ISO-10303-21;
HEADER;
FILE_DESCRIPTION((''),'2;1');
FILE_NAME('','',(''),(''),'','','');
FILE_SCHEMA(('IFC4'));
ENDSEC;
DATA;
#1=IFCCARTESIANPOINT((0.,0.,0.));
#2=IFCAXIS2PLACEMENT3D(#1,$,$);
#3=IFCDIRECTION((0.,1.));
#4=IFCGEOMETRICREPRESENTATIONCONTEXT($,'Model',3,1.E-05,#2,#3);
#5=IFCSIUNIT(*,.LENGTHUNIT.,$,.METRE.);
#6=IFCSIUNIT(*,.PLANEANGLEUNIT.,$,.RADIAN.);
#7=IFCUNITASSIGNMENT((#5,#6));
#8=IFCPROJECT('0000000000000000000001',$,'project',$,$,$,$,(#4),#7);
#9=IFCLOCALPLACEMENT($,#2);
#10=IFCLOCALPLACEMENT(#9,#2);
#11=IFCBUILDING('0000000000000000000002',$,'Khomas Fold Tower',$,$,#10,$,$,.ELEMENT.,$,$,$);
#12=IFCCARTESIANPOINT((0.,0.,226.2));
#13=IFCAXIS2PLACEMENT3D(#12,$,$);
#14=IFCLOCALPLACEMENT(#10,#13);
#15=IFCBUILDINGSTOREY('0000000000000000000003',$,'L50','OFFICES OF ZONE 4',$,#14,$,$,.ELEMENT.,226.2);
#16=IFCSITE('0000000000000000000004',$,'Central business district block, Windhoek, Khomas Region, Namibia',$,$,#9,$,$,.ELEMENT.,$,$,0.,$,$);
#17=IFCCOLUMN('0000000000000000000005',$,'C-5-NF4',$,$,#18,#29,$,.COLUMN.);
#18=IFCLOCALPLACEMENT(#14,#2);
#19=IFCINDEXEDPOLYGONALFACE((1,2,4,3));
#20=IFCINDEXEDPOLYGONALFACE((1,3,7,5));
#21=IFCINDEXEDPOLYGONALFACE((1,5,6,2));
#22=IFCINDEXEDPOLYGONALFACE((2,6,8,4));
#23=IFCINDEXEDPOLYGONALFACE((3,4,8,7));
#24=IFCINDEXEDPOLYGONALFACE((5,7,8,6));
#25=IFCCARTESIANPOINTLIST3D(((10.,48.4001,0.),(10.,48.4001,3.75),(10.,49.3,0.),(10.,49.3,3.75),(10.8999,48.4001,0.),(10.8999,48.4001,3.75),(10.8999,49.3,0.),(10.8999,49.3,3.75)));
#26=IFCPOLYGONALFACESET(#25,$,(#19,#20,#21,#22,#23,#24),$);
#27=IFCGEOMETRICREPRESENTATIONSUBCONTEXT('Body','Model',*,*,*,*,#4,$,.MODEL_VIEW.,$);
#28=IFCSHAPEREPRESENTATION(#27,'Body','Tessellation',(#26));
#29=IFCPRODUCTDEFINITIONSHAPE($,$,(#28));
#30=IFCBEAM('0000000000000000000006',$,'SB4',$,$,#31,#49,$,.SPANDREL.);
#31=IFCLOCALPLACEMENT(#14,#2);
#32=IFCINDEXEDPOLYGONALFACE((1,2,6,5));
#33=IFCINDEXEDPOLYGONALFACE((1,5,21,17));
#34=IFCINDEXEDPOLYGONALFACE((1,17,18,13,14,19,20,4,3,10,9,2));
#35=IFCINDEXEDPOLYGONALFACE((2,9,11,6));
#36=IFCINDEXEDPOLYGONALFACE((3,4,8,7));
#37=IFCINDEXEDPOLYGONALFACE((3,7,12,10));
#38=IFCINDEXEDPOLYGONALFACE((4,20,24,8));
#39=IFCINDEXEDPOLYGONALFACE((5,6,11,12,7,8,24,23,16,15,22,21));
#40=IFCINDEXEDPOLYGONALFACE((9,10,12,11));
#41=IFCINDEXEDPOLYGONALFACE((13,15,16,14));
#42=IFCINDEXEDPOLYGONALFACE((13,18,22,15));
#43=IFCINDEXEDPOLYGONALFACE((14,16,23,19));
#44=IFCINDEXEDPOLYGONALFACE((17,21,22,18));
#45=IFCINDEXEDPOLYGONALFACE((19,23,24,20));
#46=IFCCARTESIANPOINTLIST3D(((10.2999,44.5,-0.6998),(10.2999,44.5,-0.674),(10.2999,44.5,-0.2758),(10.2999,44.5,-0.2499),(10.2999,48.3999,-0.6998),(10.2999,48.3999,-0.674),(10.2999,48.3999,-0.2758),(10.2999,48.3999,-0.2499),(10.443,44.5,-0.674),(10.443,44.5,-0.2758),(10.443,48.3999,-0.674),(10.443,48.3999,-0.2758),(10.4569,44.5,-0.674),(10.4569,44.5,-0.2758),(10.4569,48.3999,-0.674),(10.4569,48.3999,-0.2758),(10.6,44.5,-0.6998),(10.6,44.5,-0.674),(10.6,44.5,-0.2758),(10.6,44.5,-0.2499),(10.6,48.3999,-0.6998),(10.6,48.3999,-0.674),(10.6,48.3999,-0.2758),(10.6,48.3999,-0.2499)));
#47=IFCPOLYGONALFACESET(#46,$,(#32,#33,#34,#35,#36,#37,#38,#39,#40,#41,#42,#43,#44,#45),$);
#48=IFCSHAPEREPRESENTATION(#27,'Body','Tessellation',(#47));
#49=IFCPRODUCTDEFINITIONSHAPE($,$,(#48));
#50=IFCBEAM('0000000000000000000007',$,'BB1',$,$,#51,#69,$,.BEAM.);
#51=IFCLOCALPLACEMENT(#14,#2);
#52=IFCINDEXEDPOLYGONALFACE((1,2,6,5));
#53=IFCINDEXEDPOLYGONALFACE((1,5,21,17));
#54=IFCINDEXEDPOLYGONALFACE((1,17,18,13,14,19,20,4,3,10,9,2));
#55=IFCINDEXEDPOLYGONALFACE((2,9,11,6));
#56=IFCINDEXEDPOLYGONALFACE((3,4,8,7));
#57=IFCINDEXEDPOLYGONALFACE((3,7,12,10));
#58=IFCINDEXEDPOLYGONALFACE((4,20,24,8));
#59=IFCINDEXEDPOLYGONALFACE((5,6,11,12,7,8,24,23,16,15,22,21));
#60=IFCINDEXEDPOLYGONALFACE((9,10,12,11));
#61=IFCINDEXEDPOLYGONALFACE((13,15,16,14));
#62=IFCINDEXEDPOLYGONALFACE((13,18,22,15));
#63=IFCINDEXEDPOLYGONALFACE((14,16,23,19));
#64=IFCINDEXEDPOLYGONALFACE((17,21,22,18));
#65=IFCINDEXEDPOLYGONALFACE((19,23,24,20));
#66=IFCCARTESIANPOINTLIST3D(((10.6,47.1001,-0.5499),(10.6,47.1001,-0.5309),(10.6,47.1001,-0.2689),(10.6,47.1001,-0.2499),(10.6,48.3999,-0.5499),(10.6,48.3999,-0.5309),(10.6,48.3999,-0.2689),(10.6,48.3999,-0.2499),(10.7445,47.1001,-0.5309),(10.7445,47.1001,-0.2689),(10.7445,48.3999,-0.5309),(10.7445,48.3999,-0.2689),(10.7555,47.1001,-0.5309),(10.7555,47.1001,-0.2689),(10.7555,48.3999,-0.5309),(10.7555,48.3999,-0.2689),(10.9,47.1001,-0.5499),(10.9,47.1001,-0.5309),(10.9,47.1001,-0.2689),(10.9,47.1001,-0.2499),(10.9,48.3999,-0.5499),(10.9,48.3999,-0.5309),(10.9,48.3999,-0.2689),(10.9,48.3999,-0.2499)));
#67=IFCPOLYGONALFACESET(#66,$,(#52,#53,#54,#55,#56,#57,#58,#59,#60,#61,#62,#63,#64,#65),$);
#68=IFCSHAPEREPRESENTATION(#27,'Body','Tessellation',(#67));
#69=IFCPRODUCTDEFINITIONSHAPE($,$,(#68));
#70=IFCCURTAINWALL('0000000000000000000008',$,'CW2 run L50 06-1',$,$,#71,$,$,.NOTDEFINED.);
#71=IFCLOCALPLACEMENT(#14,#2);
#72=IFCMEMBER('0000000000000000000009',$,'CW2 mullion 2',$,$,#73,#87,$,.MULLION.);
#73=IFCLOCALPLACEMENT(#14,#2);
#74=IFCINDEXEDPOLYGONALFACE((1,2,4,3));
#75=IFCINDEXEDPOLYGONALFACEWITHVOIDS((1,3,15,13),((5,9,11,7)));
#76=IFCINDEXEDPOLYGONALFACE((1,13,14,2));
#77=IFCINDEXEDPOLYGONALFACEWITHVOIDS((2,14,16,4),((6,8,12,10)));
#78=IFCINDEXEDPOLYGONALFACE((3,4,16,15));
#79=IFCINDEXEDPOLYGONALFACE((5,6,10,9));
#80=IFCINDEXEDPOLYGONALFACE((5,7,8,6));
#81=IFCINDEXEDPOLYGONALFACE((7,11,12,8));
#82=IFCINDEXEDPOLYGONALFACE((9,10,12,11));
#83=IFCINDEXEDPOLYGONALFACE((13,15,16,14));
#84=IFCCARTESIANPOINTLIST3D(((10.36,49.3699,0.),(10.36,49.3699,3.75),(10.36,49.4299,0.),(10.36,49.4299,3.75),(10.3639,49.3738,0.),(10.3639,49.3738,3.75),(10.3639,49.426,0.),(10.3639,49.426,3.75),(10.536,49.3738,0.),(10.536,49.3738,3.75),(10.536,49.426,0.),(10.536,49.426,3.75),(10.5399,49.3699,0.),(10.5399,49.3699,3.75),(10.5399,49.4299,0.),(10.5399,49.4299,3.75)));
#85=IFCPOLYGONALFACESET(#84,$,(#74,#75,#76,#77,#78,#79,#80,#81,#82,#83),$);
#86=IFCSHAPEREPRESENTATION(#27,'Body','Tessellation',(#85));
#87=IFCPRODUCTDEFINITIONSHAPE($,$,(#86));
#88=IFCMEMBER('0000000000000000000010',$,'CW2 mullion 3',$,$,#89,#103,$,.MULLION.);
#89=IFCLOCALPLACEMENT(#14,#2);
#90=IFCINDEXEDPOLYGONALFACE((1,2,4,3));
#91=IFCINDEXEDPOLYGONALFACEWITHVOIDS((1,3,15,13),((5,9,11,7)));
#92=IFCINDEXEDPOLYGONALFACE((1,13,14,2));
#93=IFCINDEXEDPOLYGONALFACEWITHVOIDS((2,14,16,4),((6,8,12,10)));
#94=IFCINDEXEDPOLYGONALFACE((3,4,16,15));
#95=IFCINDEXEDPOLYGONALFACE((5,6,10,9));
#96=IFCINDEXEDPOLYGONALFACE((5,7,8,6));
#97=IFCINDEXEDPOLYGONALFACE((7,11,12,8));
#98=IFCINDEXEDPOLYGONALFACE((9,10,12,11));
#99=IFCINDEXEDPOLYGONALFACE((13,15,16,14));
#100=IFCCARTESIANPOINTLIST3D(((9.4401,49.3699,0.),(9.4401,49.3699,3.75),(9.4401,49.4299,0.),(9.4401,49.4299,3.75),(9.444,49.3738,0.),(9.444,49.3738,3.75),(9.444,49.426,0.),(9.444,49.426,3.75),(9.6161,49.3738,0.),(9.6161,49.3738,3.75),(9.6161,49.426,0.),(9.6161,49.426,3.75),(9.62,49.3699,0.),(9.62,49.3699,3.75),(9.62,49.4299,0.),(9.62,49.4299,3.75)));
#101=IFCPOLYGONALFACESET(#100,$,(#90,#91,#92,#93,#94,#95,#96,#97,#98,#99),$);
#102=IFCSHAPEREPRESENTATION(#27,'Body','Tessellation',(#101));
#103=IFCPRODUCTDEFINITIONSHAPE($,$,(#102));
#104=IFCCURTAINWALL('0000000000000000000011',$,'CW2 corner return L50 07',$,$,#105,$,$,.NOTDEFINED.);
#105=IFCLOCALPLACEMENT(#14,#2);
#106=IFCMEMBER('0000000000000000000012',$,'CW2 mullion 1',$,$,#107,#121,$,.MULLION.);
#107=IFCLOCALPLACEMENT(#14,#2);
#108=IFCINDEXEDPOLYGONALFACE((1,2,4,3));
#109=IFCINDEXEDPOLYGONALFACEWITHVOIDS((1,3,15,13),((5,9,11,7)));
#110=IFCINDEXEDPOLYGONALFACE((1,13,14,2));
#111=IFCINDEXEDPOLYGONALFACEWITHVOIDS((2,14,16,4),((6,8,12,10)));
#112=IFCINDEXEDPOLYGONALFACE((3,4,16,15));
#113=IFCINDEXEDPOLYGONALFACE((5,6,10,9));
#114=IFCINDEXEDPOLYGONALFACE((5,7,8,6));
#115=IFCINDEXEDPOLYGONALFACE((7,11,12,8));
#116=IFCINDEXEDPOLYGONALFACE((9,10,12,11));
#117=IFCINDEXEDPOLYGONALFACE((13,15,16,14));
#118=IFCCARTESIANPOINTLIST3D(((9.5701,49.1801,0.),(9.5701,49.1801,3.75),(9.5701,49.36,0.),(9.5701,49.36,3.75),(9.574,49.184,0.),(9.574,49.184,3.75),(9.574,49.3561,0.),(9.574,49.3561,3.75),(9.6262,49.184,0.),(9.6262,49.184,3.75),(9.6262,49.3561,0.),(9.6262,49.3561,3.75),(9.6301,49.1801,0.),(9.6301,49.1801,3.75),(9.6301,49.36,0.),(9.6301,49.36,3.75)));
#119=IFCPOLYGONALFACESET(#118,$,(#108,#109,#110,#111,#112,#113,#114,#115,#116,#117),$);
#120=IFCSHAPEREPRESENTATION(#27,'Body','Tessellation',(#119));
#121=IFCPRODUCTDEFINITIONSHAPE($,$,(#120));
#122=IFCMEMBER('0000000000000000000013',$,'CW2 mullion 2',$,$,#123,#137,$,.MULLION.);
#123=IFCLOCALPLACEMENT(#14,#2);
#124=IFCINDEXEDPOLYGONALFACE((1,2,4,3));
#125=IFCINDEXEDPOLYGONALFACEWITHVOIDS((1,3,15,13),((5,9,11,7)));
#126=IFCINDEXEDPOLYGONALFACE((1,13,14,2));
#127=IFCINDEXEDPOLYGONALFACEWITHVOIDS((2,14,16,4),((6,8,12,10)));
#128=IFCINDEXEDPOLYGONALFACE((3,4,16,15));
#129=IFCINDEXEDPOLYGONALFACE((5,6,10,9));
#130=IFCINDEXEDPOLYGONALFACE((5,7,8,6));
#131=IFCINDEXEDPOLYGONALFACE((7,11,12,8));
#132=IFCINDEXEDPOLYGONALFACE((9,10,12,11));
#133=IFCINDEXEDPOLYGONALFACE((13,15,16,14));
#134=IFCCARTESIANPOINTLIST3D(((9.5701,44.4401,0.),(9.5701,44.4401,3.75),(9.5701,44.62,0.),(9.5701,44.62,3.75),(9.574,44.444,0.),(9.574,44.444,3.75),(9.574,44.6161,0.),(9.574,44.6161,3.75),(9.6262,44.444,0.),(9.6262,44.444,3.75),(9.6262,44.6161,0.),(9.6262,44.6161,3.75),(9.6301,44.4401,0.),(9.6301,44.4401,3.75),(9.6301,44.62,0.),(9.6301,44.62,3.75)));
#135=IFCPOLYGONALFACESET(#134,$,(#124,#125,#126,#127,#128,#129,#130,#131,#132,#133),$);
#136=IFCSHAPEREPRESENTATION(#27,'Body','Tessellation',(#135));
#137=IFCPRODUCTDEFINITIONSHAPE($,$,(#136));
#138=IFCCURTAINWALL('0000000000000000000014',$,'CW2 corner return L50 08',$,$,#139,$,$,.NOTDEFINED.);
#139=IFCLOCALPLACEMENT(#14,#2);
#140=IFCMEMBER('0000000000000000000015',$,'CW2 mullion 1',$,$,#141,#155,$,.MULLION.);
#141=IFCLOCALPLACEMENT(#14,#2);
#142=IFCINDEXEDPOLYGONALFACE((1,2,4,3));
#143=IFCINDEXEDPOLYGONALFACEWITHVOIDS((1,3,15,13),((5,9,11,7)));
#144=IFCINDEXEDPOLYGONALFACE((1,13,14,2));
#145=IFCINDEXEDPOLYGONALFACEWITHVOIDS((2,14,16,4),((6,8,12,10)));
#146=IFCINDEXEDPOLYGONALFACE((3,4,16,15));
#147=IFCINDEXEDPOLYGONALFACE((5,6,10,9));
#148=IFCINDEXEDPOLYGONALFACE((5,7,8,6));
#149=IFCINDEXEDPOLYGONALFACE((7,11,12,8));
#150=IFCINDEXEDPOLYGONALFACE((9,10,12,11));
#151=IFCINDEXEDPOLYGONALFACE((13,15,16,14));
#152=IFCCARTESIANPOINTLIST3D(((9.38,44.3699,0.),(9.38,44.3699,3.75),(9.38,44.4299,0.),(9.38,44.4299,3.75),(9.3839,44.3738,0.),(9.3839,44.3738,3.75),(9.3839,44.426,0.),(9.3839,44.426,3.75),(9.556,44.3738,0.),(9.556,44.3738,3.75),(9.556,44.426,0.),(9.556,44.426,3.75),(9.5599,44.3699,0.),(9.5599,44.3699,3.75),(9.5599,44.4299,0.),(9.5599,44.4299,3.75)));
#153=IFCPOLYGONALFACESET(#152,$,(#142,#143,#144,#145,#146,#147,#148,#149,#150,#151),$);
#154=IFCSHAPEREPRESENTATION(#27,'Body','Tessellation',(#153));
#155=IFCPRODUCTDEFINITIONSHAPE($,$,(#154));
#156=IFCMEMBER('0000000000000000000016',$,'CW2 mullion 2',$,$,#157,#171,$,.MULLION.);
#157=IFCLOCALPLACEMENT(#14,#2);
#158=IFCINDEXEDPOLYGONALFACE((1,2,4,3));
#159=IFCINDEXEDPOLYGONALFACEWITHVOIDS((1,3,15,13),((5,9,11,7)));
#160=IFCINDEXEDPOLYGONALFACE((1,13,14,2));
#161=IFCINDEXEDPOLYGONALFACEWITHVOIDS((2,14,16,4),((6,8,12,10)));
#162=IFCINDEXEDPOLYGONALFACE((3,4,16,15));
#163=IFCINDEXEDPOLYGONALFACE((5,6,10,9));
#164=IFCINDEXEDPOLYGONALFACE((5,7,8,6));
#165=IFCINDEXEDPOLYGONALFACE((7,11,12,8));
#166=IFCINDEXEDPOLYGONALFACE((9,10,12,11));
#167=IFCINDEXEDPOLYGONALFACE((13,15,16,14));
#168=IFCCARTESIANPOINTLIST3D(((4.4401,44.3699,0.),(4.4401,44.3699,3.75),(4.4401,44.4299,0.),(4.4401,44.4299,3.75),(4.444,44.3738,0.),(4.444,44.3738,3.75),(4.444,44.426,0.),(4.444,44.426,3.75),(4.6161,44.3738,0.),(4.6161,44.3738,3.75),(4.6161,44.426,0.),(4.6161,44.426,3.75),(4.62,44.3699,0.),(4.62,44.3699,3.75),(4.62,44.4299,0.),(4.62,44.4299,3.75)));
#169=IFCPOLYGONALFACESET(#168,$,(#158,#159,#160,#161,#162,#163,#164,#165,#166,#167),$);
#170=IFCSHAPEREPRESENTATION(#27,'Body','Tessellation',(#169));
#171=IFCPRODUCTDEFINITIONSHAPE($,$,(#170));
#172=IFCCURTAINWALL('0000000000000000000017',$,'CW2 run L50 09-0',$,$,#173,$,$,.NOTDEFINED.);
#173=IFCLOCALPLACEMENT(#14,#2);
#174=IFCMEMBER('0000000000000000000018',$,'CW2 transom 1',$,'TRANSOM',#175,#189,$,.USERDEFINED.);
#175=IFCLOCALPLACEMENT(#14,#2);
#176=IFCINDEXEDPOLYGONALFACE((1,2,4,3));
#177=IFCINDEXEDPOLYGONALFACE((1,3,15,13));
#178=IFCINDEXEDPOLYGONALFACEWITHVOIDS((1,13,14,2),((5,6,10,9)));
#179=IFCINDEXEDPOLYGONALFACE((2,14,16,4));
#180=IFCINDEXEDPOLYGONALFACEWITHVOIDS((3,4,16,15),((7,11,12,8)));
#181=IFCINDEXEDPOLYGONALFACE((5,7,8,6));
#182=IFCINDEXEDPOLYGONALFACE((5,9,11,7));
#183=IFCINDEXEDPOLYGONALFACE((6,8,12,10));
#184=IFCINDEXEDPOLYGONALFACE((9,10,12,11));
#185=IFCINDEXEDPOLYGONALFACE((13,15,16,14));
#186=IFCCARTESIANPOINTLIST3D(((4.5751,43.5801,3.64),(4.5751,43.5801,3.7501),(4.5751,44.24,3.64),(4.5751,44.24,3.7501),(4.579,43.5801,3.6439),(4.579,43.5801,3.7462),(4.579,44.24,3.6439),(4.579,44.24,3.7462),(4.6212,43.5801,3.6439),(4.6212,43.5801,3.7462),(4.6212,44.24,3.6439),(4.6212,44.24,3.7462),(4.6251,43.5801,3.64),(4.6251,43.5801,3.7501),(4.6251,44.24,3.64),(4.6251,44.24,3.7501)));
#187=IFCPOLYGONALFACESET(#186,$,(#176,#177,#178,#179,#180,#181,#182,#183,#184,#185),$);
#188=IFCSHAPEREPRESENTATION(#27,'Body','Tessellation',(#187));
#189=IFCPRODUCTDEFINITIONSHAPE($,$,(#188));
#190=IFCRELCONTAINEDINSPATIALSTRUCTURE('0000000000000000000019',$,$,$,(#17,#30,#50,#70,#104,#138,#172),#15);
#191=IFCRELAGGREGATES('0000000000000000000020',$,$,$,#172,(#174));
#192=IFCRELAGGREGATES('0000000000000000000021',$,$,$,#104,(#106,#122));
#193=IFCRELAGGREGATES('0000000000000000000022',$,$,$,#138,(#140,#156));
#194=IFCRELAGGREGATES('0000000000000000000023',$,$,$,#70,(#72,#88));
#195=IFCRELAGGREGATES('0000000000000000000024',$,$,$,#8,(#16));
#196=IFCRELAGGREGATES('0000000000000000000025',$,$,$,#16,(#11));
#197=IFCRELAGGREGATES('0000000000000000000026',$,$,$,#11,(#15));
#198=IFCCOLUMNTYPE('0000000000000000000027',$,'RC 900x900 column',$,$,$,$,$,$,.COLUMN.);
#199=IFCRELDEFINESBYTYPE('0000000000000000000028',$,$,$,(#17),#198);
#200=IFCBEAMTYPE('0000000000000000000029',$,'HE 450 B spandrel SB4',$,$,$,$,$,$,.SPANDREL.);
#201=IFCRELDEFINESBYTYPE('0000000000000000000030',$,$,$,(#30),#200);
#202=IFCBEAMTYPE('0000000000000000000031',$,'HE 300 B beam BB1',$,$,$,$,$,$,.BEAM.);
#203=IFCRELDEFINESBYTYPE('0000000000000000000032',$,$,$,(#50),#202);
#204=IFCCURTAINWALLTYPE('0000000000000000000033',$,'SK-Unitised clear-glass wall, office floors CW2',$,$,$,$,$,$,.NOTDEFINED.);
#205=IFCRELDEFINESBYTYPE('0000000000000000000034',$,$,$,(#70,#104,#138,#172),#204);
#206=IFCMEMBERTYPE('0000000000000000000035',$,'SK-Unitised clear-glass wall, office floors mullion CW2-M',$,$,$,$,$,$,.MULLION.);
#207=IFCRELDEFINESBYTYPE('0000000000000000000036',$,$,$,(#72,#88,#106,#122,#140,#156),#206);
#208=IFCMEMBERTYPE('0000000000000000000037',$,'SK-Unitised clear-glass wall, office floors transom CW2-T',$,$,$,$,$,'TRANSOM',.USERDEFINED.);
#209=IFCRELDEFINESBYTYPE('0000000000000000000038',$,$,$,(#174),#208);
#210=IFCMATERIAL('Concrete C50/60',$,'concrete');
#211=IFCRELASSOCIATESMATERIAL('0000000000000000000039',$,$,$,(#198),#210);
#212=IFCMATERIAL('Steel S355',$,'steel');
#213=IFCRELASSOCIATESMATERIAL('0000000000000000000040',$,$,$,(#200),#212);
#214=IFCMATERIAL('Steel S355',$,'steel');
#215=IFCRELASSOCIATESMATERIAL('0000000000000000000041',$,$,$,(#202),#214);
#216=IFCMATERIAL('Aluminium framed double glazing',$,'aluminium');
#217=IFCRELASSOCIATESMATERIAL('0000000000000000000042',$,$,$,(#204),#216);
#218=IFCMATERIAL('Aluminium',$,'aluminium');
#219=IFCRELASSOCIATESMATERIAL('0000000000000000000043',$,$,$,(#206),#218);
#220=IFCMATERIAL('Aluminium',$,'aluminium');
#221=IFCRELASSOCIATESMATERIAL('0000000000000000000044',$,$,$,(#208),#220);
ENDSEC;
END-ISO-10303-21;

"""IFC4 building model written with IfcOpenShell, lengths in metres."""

from ifc_helpers import new_model, si_unit, direction, frame, origin, origin_2d, place, context, subcontext, project, spatial, rectangle, hollow_rectangle, i_section, extrude, source, transform, mapped, material, material_profile, profile_set, type_object, element, aggregate, save


model = new_model("IFC4")

# Units and contexts
model_context = context("Model", 3, precision=1e-05, world=origin(), true_north=direction((0.0, 1.0)))
body_context = subcontext(model_context, "Body", "Model", "MODEL_VIEW")
ifc_project = project(units=[si_unit("LENGTHUNIT", "METRE"), si_unit("PLANEANGLEUNIT", "RADIAN")], contexts=[model_context])

# Site, building, storey
site_placement = place(None, origin())
site = spatial("IfcSite", under=ifc_project, at=site_placement, Name="Central business district block, Windhoek, Khomas Region, Namibia", CompositionType="ELEMENT", RefElevation=0.0)
building_placement = place(site_placement, origin())
building = spatial("IfcBuilding", under=site, at=building_placement, Name="Khomas Fold Tower", CompositionType="ELEMENT")
storey_placement = place(building_placement, frame((0.0, 0.0, 226.2)))
storey = spatial("IfcBuildingStorey", under=building, at=storey_placement, Name="L50", Description="OFFICES OF ZONE 4", CompositionType="ELEMENT", Elevation=226.2)

# Column
ifc_material_1 = material(Name="Concrete C50/60", Category="concrete")
ifc_material_profile_1 = material_profile(ifc_material_1, rectangle(XDim=0.8999, YDim=0.8999, at=origin_2d()), Name="RC 900x900")
ifc_profile_set_1 = profile_set([ifc_material_profile_1], Name="Concrete C50/60")
column_type = type_object("IfcColumnType", Name="RC 900x900 column", PredefinedType="COLUMN", material=ifc_profile_set_1)
shared_shape_1 = source(origin(), body_context, "Body", "SweptSolid", [
    extrude(rectangle(XDim=0.8999, YDim=0.8999, at=origin_2d()), origin(), (0.0, 0.0, 1.0), 3.75),
])
column_placement = place(storey_placement, frame((10.45, 48.8501, 0.0), z_axis=(0.0, 0.0, 1.0), x_axis=(1.0, 0.0, 0.0)))
element("IfcColumn", 1, at=column_placement, inside=storey, type_object=column_type, Name="C-5-NF4", PredefinedType="COLUMN", context=body_context, shape_type="MappedRepresentation", body=[
    mapped(shared_shape_1, transform((0.0, 0.0, 0.0))),
])

# Beams
ifc_material_2 = material(Name="Steel S355", Category="steel")
ifc_material_profile_2 = material_profile(ifc_material_2, i_section(OverallWidth=0.3, OverallDepth=0.45, WebThickness=0.0139, FlangeThickness=0.0259, at=origin_2d()), Name="HE 450 B")
ifc_profile_set_2 = profile_set([ifc_material_profile_2], Name="Steel S355")
beam_type_1 = type_object("IfcBeamType", Name="HE 450 B spandrel SB4", PredefinedType="SPANDREL", material=ifc_profile_set_2)
shared_shape_2 = source(origin(), body_context, "Body", "SweptSolid", [
    extrude(i_section(OverallWidth=0.3, OverallDepth=0.45, WebThickness=0.0139, FlangeThickness=0.0259, at=origin_2d()), origin(), (0.0, 0.0, 1.0), 3.8999),
])
beam_1_placement = place(storey_placement, frame((10.45, 44.5, -0.4749), z_axis=(0.0, 1.0, 0.0), x_axis=(-1.0, 0.0, 0.0)))
element("IfcBeam", 2, at=beam_1_placement, inside=storey, type_object=beam_type_1, Name="SB4", PredefinedType="SPANDREL", context=body_context, shape_type="MappedRepresentation", body=[
    mapped(shared_shape_2, transform((0.0, 0.0, 0.0))),
])
ifc_material_3 = material(Name="Steel S355", Category="steel")
ifc_material_profile_3 = material_profile(ifc_material_3, i_section(OverallWidth=0.3, OverallDepth=0.3, WebThickness=0.011, FlangeThickness=0.019, at=origin_2d()), Name="HE 300 B")
ifc_profile_set_3 = profile_set([ifc_material_profile_3], Name="Steel S355")
beam_type_2 = type_object("IfcBeamType", Name="HE 300 B beam BB1", PredefinedType="BEAM", material=ifc_profile_set_3)
shared_shape_3 = source(origin(), body_context, "Body", "SweptSolid", [
    extrude(i_section(OverallWidth=0.3, OverallDepth=0.3, WebThickness=0.011, FlangeThickness=0.019, at=origin_2d()), origin(), (0.0, 0.0, 1.0), 1.2998),
])
beam_2_placement = place(storey_placement, frame((10.75, 47.1001, -0.3999), z_axis=(0.0, 1.0, 0.0), x_axis=(-1.0, 0.0, 0.0)))
element("IfcBeam", 3, at=beam_2_placement, inside=storey, type_object=beam_type_2, Name="BB1", PredefinedType="BEAM", context=body_context, shape_type="MappedRepresentation", body=[
    mapped(shared_shape_3, transform((0.0, 0.0, 0.0))),
])

# Curtain walls, members
ifc_material_4 = material(Name="Aluminium framed double glazing", Category="aluminium")
curtain_wall_type = type_object("IfcCurtainWallType", Name="SK-Unitised clear-glass wall, office floors CW2", PredefinedType="NOTDEFINED", material=ifc_material_4)
curtain_wall_1_placement = place(storey_placement, origin())
curtain_wall_1 = element("IfcCurtainWall", 4, at=curtain_wall_1_placement, inside=storey, type_object=curtain_wall_type, Name="CW2 run L50 06-1", PredefinedType="NOTDEFINED")
ifc_material_5 = material(Name="Aluminium", Category="aluminium")
ifc_material_profile_4 = material_profile(ifc_material_5, hollow_rectangle(XDim=0.0601, YDim=0.1799, WallThickness=0.0039, at=origin_2d()), Name="SK-Unitised clear-glass wall, office floors mullion CW2-M")
ifc_profile_set_4 = profile_set([ifc_material_profile_4], Name="Aluminium")
member_type_1 = type_object("IfcMemberType", Name="SK-Unitised clear-glass wall, office floors mullion CW2-M", PredefinedType="MULLION", material=ifc_profile_set_4)
shared_shape_4 = source(origin(), body_context, "Body", "SweptSolid", [
    extrude(hollow_rectangle(XDim=0.0601, YDim=0.1799, WallThickness=0.0039, at=origin_2d()), origin(), (0.0, 0.0, 1.0), 3.75),
])
member_1_placement = place(storey_placement, frame((10.45, 49.3999, 0.0), z_axis=(0.0, 0.0, 1.0), x_axis=(0.0, -1.0, 0.0)))
member_1 = element("IfcMember", 5, at=member_1_placement, type_object=member_type_1, Name="CW2 mullion 2", PredefinedType="MULLION", context=body_context, shape_type="MappedRepresentation", body=[
    mapped(shared_shape_4, transform((0.0, 0.0, 0.0))),
])
member_2_placement = place(storey_placement, frame((9.53, 49.3999, 0.0), z_axis=(0.0, 0.0, 1.0), x_axis=(0.0, -1.0, 0.0)))
member_2 = element("IfcMember", 6, at=member_2_placement, type_object=member_type_1, Name="CW2 mullion 3", PredefinedType="MULLION", context=body_context, shape_type="MappedRepresentation", body=[
    mapped(shared_shape_4, transform((0.0, 0.0, 0.0))),
])
curtain_wall_2_placement = place(storey_placement, origin())
curtain_wall_2 = element("IfcCurtainWall", 7, at=curtain_wall_2_placement, inside=storey, type_object=curtain_wall_type, Name="CW2 corner return L50 07", PredefinedType="NOTDEFINED")
member_3_placement = place(storey_placement, frame((9.6001, 49.27, 0.0), z_axis=(0.0, 0.0, 1.0), x_axis=(1.0, 0.0, 0.0)))
member_3 = element("IfcMember", 8, at=member_3_placement, type_object=member_type_1, Name="CW2 mullion 1", PredefinedType="MULLION", context=body_context, shape_type="MappedRepresentation", body=[
    mapped(shared_shape_4, transform((0.0, 0.0, 0.0))),
])
member_4_placement = place(storey_placement, frame((9.6001, 44.53, 0.0), z_axis=(0.0, 0.0, 1.0), x_axis=(1.0, 0.0, 0.0)))
member_4 = element("IfcMember", 9, at=member_4_placement, type_object=member_type_1, Name="CW2 mullion 2", PredefinedType="MULLION", context=body_context, shape_type="MappedRepresentation", body=[
    mapped(shared_shape_4, transform((0.0, 0.0, 0.0))),
])
curtain_wall_3_placement = place(storey_placement, origin())
curtain_wall_3 = element("IfcCurtainWall", 10, at=curtain_wall_3_placement, inside=storey, type_object=curtain_wall_type, Name="CW2 corner return L50 08", PredefinedType="NOTDEFINED")
member_5_placement = place(storey_placement, frame((9.47, 44.3999, 0.0), z_axis=(0.0, 0.0, 1.0), x_axis=(0.0, -1.0, 0.0)))
member_5 = element("IfcMember", 11, at=member_5_placement, type_object=member_type_1, Name="CW2 mullion 1", PredefinedType="MULLION", context=body_context, shape_type="MappedRepresentation", body=[
    mapped(shared_shape_4, transform((0.0, 0.0, 0.0))),
])
member_6_placement = place(storey_placement, frame((4.53, 44.3999, 0.0), z_axis=(0.0, 0.0, 1.0), x_axis=(0.0, -1.0, 0.0)))
member_6 = element("IfcMember", 12, at=member_6_placement, type_object=member_type_1, Name="CW2 mullion 2", PredefinedType="MULLION", context=body_context, shape_type="MappedRepresentation", body=[
    mapped(shared_shape_4, transform((0.0, 0.0, 0.0))),
])

# Curtain wall, member
curtain_wall_4_placement = place(storey_placement, origin())
curtain_wall_4 = element("IfcCurtainWall", 13, at=curtain_wall_4_placement, inside=storey, type_object=curtain_wall_type, Name="CW2 run L50 09-0", PredefinedType="NOTDEFINED")
ifc_material_6 = material(Name="Aluminium", Category="aluminium")
ifc_material_profile_5 = material_profile(ifc_material_6, hollow_rectangle(XDim=0.05, YDim=0.1101, WallThickness=0.0039, at=origin_2d()), Name="SK-Unitised clear-glass wall, office floors transom CW2-T")
ifc_profile_set_5 = profile_set([ifc_material_profile_5], Name="Aluminium")
member_type_2 = type_object("IfcMemberType", Name="SK-Unitised clear-glass wall, office floors transom CW2-T", ElementType="TRANSOM", PredefinedType="USERDEFINED", material=ifc_profile_set_5)
shared_shape_5 = source(origin(), body_context, "Body", "SweptSolid", [
    extrude(hollow_rectangle(XDim=0.05, YDim=0.1101, WallThickness=0.0039, at=origin_2d()), origin(), (0.0, 0.0, 1.0), 0.6599),
])
member_7_placement = place(storey_placement, frame((4.6001, 44.24, 3.6951), z_axis=(0.0, -1.0, 0.0), x_axis=(1.0, 0.0, 0.0)))
member_7 = element("IfcMember", 14, at=member_7_placement, type_object=member_type_2, Name="CW2 transom 1", ObjectType="TRANSOM", PredefinedType="USERDEFINED", context=body_context, shape_type="MappedRepresentation", body=[
    mapped(shared_shape_5, transform((0.0, 0.0, 0.0))),
])

aggregate(curtain_wall_4, [member_7])
aggregate(curtain_wall_2, [member_3, member_4])
aggregate(curtain_wall_3, [member_5, member_6])
aggregate(curtain_wall_1, [member_1, member_2])

save(model, "model.ifc")
